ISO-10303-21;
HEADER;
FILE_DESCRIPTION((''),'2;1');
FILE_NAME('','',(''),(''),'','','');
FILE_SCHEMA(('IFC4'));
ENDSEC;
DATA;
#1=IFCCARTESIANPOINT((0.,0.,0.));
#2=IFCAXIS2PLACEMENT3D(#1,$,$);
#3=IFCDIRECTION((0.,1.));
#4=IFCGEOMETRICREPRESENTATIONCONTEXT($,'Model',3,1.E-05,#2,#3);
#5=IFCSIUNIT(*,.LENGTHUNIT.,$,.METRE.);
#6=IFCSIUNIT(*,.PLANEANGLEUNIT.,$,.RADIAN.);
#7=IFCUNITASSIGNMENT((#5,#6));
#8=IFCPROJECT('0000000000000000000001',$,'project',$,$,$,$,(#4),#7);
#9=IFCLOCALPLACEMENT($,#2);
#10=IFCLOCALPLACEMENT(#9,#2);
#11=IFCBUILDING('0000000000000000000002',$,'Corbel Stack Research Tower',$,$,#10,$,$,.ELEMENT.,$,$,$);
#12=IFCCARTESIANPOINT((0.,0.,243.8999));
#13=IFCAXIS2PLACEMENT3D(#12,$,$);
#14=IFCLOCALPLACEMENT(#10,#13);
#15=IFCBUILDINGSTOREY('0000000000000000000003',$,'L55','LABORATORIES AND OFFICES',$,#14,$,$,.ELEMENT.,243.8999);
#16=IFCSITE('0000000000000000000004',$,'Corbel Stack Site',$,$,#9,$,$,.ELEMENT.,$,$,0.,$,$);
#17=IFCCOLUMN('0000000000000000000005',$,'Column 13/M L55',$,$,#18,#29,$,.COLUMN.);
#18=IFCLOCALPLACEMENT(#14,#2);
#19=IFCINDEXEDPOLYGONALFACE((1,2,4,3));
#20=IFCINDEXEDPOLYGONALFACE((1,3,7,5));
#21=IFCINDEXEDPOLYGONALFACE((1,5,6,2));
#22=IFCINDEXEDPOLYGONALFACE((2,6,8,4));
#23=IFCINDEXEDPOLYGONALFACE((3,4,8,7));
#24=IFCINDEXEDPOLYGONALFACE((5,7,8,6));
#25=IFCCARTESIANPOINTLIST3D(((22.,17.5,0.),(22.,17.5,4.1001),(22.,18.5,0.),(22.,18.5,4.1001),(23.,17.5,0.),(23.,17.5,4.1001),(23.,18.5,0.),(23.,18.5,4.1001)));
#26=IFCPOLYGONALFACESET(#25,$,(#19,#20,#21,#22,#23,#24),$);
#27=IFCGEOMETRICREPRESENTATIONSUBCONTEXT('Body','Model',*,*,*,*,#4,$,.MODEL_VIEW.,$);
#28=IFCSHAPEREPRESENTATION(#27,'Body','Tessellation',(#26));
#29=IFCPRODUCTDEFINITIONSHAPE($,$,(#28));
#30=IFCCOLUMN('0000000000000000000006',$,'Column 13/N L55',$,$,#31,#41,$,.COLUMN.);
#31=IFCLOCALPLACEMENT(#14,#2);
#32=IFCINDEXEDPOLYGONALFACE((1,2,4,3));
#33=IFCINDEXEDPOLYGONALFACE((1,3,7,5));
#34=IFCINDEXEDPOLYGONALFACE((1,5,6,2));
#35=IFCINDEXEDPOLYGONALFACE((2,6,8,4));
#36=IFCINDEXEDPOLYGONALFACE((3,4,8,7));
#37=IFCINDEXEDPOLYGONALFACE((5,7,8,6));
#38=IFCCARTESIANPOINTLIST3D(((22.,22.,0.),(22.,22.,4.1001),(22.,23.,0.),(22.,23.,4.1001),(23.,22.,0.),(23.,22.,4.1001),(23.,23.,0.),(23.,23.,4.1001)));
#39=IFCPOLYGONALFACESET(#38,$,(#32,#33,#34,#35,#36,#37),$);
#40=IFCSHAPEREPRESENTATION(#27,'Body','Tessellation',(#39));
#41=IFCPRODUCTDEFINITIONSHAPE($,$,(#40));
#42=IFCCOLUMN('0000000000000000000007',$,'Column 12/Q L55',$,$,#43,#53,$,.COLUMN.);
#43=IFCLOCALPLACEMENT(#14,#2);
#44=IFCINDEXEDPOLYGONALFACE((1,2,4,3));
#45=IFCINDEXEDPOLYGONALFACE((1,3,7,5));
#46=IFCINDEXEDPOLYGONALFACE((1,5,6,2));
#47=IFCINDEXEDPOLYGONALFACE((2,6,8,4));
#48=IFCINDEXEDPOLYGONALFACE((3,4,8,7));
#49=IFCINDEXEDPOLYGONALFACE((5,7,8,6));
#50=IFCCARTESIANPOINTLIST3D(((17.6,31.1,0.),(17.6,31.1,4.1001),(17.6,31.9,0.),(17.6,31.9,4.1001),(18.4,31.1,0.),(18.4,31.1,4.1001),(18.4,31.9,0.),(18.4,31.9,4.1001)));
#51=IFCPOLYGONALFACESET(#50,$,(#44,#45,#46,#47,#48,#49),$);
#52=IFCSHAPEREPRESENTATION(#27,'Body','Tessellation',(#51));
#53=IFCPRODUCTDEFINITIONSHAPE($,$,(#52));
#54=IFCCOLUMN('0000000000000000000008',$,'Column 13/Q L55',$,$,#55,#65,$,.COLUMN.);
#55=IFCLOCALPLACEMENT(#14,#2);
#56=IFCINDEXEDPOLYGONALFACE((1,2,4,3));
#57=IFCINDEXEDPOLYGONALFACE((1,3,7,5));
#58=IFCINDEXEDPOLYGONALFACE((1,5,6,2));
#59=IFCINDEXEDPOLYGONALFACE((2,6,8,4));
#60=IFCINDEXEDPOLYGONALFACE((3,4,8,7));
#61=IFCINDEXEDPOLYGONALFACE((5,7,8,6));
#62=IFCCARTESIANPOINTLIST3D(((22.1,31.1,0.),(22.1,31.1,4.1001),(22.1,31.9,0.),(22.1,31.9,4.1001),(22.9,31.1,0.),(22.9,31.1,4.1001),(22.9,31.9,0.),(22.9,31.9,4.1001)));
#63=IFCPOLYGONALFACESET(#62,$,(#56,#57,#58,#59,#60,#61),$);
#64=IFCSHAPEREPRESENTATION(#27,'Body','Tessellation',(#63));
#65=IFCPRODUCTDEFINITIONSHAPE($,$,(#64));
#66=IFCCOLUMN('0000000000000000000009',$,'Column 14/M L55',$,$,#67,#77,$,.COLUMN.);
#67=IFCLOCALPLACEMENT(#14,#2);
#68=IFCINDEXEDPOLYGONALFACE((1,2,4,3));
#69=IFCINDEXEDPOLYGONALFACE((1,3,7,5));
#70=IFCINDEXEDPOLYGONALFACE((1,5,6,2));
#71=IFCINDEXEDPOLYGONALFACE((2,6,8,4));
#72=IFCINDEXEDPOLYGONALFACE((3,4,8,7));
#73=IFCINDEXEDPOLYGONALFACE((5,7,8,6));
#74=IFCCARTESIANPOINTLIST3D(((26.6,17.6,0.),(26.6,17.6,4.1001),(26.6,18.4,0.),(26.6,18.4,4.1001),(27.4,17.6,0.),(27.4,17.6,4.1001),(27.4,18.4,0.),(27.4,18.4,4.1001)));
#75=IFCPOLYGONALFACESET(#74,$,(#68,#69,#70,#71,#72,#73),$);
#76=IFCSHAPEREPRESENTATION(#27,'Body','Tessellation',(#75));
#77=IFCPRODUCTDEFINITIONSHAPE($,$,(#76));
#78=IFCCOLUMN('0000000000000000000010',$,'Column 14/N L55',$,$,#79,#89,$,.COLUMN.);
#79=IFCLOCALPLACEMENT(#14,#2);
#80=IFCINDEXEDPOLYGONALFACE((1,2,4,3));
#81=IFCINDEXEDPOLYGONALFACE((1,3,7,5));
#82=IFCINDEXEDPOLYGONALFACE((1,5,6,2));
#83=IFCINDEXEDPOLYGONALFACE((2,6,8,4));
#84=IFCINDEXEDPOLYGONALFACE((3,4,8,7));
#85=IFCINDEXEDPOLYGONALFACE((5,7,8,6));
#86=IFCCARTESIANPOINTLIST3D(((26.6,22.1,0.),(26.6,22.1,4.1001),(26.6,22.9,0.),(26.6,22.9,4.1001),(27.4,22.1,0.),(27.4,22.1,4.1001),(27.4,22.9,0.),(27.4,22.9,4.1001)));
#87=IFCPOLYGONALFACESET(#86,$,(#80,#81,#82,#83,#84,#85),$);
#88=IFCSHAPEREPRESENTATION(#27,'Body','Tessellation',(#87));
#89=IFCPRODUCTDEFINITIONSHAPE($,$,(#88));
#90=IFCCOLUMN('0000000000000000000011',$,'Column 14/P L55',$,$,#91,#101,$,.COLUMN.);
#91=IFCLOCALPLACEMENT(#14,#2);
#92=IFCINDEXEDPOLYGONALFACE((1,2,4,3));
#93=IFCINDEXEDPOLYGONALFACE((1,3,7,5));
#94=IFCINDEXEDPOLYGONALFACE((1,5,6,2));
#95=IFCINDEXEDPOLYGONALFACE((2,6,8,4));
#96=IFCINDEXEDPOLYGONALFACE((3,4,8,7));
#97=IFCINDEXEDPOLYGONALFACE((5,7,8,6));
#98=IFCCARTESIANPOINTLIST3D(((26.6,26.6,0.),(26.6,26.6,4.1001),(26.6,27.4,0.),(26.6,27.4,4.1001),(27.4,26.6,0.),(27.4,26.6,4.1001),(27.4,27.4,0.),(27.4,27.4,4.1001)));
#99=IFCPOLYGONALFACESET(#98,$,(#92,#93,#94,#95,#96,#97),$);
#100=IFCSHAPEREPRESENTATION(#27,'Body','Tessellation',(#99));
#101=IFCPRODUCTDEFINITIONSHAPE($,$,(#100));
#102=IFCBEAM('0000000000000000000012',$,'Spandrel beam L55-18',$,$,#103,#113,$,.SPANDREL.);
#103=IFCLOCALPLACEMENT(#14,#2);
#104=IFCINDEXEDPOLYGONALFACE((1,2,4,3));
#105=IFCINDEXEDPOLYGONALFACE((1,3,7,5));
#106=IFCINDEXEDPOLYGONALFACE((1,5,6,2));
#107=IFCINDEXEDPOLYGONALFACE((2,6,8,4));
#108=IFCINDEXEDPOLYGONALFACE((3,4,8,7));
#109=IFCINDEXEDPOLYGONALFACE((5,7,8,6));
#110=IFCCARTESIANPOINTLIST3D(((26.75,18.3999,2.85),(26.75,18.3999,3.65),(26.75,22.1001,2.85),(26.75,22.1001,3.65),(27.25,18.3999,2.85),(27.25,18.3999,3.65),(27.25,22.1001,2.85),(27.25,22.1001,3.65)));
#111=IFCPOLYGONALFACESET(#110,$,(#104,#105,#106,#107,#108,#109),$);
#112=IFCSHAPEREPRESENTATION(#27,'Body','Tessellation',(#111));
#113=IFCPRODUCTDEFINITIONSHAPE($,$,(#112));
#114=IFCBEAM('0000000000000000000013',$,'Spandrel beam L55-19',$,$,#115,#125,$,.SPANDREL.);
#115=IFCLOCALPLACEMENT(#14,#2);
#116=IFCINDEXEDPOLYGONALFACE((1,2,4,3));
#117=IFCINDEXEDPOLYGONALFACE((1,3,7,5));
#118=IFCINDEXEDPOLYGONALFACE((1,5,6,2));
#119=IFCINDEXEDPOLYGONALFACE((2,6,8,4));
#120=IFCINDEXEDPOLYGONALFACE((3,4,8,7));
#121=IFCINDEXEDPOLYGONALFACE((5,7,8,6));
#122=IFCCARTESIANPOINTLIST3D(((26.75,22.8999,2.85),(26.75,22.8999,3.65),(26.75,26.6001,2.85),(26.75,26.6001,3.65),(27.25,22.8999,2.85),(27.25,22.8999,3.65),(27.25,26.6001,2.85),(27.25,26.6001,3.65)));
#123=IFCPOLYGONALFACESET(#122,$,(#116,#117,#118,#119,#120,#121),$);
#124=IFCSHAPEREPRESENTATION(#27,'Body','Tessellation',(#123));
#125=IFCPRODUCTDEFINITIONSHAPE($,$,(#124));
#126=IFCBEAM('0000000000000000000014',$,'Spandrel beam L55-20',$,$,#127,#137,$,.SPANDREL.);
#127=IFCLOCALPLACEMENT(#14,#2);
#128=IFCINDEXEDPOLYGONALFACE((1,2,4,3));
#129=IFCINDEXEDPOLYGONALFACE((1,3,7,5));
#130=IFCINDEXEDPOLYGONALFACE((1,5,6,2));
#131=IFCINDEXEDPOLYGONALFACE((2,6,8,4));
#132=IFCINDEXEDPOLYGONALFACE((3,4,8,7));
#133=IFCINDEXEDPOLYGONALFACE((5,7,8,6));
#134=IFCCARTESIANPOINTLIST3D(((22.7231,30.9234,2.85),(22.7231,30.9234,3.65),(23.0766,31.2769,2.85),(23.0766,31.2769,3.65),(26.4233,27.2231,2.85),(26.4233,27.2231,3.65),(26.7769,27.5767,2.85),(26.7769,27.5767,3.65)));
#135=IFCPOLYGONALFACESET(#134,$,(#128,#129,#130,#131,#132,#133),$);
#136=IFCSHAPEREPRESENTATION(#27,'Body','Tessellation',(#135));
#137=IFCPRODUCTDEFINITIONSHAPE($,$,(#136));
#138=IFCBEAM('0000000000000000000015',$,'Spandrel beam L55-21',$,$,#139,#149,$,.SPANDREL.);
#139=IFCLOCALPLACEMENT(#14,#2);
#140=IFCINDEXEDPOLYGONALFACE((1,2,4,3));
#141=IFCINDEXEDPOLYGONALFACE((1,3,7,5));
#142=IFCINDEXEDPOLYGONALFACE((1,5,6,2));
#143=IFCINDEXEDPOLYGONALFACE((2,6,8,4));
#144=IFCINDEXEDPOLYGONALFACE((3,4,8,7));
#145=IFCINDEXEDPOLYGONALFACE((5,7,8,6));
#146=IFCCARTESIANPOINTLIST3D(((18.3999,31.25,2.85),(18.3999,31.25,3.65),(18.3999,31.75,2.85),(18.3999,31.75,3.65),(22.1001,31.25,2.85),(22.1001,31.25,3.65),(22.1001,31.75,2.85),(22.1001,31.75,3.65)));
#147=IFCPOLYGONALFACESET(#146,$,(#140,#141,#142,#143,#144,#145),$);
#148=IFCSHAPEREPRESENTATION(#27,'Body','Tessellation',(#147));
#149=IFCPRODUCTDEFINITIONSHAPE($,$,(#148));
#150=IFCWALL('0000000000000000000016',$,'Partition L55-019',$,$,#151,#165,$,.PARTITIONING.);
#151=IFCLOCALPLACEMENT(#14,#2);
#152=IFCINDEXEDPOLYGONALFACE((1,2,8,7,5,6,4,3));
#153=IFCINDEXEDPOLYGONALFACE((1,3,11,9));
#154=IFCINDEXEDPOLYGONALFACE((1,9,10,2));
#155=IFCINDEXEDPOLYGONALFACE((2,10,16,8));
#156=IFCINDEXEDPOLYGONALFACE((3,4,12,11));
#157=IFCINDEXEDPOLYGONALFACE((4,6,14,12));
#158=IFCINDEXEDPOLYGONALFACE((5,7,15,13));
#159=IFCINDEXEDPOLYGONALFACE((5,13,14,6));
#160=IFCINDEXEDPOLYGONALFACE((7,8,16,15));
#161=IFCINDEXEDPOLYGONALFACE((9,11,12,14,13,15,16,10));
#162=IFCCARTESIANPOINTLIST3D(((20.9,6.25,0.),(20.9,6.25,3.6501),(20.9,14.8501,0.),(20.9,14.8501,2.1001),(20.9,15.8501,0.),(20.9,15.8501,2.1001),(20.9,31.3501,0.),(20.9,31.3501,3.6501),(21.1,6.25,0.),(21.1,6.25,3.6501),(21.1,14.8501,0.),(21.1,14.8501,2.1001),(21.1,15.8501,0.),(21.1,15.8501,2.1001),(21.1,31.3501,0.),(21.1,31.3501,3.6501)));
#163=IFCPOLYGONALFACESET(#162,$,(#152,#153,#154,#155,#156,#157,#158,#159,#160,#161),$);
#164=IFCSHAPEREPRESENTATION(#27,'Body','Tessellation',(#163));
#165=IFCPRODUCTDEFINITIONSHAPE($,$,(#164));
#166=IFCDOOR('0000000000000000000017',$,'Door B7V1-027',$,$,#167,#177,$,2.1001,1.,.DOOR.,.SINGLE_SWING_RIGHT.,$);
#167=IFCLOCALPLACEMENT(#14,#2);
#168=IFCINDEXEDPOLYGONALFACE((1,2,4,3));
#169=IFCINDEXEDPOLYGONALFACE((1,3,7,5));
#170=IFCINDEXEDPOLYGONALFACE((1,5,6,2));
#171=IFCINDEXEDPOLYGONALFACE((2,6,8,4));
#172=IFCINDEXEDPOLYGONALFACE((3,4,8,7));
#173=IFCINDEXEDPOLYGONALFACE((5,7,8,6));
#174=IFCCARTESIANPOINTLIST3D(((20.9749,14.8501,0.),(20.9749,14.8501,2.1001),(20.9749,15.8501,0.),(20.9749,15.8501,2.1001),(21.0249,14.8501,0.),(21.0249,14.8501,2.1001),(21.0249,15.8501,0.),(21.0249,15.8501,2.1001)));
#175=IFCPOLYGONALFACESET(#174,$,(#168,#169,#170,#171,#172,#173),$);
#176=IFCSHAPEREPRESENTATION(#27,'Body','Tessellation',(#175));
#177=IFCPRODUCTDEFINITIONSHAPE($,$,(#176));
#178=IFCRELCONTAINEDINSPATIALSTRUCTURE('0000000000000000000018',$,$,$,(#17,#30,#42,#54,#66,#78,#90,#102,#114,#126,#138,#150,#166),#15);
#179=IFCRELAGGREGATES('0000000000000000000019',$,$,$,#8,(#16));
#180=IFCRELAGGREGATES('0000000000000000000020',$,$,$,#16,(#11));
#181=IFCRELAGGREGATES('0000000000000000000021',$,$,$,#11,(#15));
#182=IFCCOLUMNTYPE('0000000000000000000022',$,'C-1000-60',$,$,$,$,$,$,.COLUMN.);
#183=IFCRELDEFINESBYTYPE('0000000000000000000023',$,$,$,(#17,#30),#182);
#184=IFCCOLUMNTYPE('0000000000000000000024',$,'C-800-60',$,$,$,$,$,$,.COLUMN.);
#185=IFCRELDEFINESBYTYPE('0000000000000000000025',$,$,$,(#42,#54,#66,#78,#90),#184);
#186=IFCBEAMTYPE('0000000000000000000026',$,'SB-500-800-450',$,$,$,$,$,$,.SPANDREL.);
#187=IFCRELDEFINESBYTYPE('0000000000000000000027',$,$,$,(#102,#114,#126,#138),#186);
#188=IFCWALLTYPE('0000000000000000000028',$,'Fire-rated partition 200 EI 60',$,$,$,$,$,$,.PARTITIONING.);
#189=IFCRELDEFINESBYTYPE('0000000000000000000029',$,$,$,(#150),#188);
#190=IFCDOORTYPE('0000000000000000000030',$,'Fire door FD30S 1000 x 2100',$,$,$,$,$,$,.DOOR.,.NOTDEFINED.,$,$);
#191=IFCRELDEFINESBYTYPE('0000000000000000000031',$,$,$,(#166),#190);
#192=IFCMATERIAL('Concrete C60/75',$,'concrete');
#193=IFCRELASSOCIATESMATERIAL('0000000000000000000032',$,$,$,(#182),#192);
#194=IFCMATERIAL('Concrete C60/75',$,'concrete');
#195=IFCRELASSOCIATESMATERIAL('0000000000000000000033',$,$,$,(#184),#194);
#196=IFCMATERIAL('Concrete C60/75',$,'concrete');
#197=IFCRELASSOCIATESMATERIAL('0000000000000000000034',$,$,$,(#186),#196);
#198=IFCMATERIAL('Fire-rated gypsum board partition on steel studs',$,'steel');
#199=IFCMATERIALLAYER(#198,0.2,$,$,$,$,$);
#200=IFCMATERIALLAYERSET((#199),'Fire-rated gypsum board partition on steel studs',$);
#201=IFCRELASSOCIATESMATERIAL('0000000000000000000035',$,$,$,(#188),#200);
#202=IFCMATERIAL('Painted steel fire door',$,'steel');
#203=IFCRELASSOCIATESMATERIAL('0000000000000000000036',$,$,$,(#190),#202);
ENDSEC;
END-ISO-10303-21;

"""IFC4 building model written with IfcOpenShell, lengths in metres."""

from ifc_helpers import new_model, si_unit, direction, frame, frame_2d, origin, origin_2d, place, context, subcontext, project, spatial, rectangle, extrude, material, layer, layer_set, material_profile, profile_set, type_object, element, fill, save


model = new_model("IFC4")

# Units and contexts
model_context = context("Model", 3, precision=1e-05, world=origin(), true_north=direction((0.0, 1.0)))
body_context = subcontext(model_context, "Body", "Model", "MODEL_VIEW")
ifc_project = project(units=[si_unit("LENGTHUNIT", "METRE"), si_unit("PLANEANGLEUNIT", "RADIAN")], contexts=[model_context])

# Site, building, storey
site_placement = place(None, origin())
site = spatial("IfcSite", under=ifc_project, at=site_placement, Name="Corbel Stack Site", CompositionType="ELEMENT", RefElevation=0.0)
building_placement = place(site_placement, origin())
building = spatial("IfcBuilding", under=site, at=building_placement, Name="Corbel Stack Research Tower", CompositionType="ELEMENT")
storey_placement = place(building_placement, frame((0.0, 0.0, 243.8999)))
storey = spatial("IfcBuildingStorey", under=building, at=storey_placement, Name="L55", Description="LABORATORIES AND OFFICES", CompositionType="ELEMENT", Elevation=243.8999)

# Columns
ifc_material_1 = material(Name="Concrete C60/75", Category="concrete")
ifc_material_profile_1 = material_profile(ifc_material_1, rectangle(XDim=1.0, YDim=1.0, at=origin_2d()), Name="RC 1000 x 1000")
ifc_profile_set_1 = profile_set([ifc_material_profile_1], Name="Concrete C60/75")
column_type_1 = type_object("IfcColumnType", Name="C-1000-60", PredefinedType="COLUMN", material=ifc_profile_set_1)
for number, where, z_axis, x_axis, name in (
    (1, (22.5, 18.0, 0.0), (0.0, 0.0, 1.0), (1.0, 0.0, 0.0), "Column 13/M L55"),
    (2, (22.5, 22.5, 0.0), (0.0, 0.0, 1.0), (1.0, 0.0, 0.0), "Column 13/N L55"),
):
    element("IfcColumn", number, at=place(storey_placement, frame(where, z_axis=z_axis, x_axis=x_axis)), inside=storey, type_object=column_type_1, Name=name, PredefinedType="COLUMN", context=body_context, shape_type="SweptSolid", body=[
        extrude(rectangle(XDim=1.0, YDim=1.0, at=origin_2d()), origin(), (0.0, 0.0, 1.0), 4.1001),
    ])
ifc_material_2 = material(Name="Concrete C60/75", Category="concrete")
ifc_material_profile_2 = material_profile(ifc_material_2, rectangle(XDim=0.8, YDim=0.8, at=origin_2d()), Name="RC 800 x 800")
ifc_profile_set_2 = profile_set([ifc_material_profile_2], Name="Concrete C60/75")
column_type_2 = type_object("IfcColumnType", Name="C-800-60", PredefinedType="COLUMN", material=ifc_profile_set_2)
for number, where, z_axis, x_axis, name in (
    (3, (18.0, 31.5, 0.0), (0.0, 0.0, 1.0), (1.0, 0.0, 0.0), "Column 12/Q L55"),
    (4, (22.5, 31.5, 0.0), (0.0, 0.0, 1.0), (1.0, 0.0, 0.0), "Column 13/Q L55"),
    (5, (27.0, 18.0, 0.0), (0.0, 0.0, 1.0), (1.0, 0.0, 0.0), "Column 14/M L55"),
    (6, (27.0, 22.5, 0.0), (0.0, 0.0, 1.0), (1.0, 0.0, 0.0), "Column 14/N L55"),
    (7, (27.0, 27.0, 0.0), (0.0, 0.0, 1.0), (1.0, 0.0, 0.0), "Column 14/P L55"),
):
    element("IfcColumn", number, at=place(storey_placement, frame(where, z_axis=z_axis, x_axis=x_axis)), inside=storey, type_object=column_type_2, Name=name, PredefinedType="COLUMN", context=body_context, shape_type="SweptSolid", body=[
        extrude(rectangle(XDim=0.8, YDim=0.8, at=origin_2d()), origin(), (0.0, 0.0, 1.0), 4.1001),
    ])

# Beams
ifc_material_3 = material(Name="Concrete C60/75", Category="concrete")
ifc_material_profile_3 = material_profile(ifc_material_3, rectangle(XDim=0.5, YDim=0.8, at=origin_2d()), Name="RC 500 x 800")
ifc_profile_set_3 = profile_set([ifc_material_profile_3], Name="Concrete C60/75")
beam_type = type_object("IfcBeamType", Name="SB-500-800-450", PredefinedType="SPANDREL", material=ifc_profile_set_3)
for number, where, z_axis, x_axis, name in (
    (8, (27.0, 18.3999, 3.25), (0.0, 1.0, 0.0), (-1.0, 0.0, 0.0), "Spandrel beam L55-18"),
    (9, (27.0, 22.8999, 3.25), (0.0, 1.0, 0.0), (-1.0, 0.0, 0.0), "Spandrel beam L55-19"),
):
    element("IfcBeam", number, at=place(storey_placement, frame(where, z_axis=z_axis, x_axis=x_axis)), inside=storey, type_object=beam_type, Name=name, PredefinedType="SPANDREL", context=body_context, shape_type="SweptSolid", body=[
        extrude(rectangle(XDim=0.5, YDim=0.8, at=origin_2d()), origin(), (0.0, 0.0, 1.0), 3.7002),
    ])
beam_1_placement = place(storey_placement, frame((26.6001, 27.3999, 3.25), z_axis=(-0.707107, 0.707107, 0.0), x_axis=(-0.707107, -0.707107, 0.0)))
element("IfcBeam", 10, at=beam_1_placement, inside=storey, type_object=beam_type, Name="Spandrel beam L55-20", PredefinedType="SPANDREL", context=body_context, shape_type="SweptSolid", body=[
    extrude(rectangle(XDim=0.5, YDim=0.8, at=origin_2d()), origin(), (0.0, 0.0, 1.0), 5.2329),
])
beam_2_placement = place(storey_placement, frame((22.1001, 31.5, 3.25), z_axis=(-1.0, 0.0, 0.0), x_axis=(0.0, -1.0, 0.0)))
element("IfcBeam", 11, at=beam_2_placement, inside=storey, type_object=beam_type, Name="Spandrel beam L55-21", PredefinedType="SPANDREL", context=body_context, shape_type="SweptSolid", body=[
    extrude(rectangle(XDim=0.5, YDim=0.8, at=origin_2d()), origin(), (0.0, 0.0, 1.0), 3.7002),
])

# Wall, opening, door
ifc_material_4 = material(Name="Fire-rated gypsum board partition on steel studs", Category="steel")
ifc_layer_1 = layer(ifc_material_4, 0.2)
ifc_layer_set_1 = layer_set([ifc_layer_1], Name="Fire-rated gypsum board partition on steel studs")
wall_type_1 = type_object("IfcWallType", Name="Fire-rated partition 200 EI 60", PredefinedType="PARTITIONING", material=ifc_layer_set_1)
wall_1_placement = place(storey_placement, frame((21.0, 31.3501, 0.0), z_axis=(0.0, 0.0, 1.0), x_axis=(0.0, -1.0, 0.0)))
wall_1 = element("IfcWall", 12, at=wall_1_placement, inside=storey, type_object=wall_type_1, Name="Partition L55-019", PredefinedType="PARTITIONING", context=body_context, shape_type="SweptSolid", body=[
    extrude(rectangle(XDim=25.1001, YDim=0.2, at=frame_2d((12.55, 0.0))), origin(), (0.0, 0.0, 1.0), 3.6501),
])
opening_1_placement = place(wall_1_placement, frame((15.5, 0.0, 0.0)))
opening_1 = element("IfcOpeningElement", 13, at=opening_1_placement, cuts=wall_1, PredefinedType="OPENING", context=body_context, shape_type="SweptSolid", body=[
    extrude(rectangle(XDim=1.0, YDim=2.1001, at=frame_2d((0.5, 1.05))), frame((0.0, 0.1099, 0.0), z_axis=(0.0, -1.0, 0.0), x_axis=(1.0, 0.0, 0.0)), (0.0, 0.0, 1.0), 0.22),
])
ifc_material_5 = material(Name="Painted steel fire door", Category="steel")
door_type_1 = type_object("IfcDoorType", Name="Fire door FD30S 1000 x 2100", OperationType="NOTDEFINED", PredefinedType="DOOR", material=ifc_material_5)
door_1_placement = place(opening_1_placement, origin())
door_1 = element("IfcDoor", 14, at=door_1_placement, inside=storey, type_object=door_type_1, Name="Door B7V1-027", OperationType="SINGLE_SWING_RIGHT", OverallHeight=2.1001, OverallWidth=1.0, PredefinedType="DOOR", context=body_context, shape_type="SweptSolid", body=[
    extrude(rectangle(XDim=1.0, YDim=2.1001, at=frame_2d((0.5, 1.05))), frame((0.0, 0.0249, 0.0), z_axis=(0.0, -1.0, 0.0), x_axis=(1.0, 0.0, 0.0)), (0.0, 0.0, 1.0), 0.05),
])
fill(opening_1, door_1)

save(model, "model.ifc")
